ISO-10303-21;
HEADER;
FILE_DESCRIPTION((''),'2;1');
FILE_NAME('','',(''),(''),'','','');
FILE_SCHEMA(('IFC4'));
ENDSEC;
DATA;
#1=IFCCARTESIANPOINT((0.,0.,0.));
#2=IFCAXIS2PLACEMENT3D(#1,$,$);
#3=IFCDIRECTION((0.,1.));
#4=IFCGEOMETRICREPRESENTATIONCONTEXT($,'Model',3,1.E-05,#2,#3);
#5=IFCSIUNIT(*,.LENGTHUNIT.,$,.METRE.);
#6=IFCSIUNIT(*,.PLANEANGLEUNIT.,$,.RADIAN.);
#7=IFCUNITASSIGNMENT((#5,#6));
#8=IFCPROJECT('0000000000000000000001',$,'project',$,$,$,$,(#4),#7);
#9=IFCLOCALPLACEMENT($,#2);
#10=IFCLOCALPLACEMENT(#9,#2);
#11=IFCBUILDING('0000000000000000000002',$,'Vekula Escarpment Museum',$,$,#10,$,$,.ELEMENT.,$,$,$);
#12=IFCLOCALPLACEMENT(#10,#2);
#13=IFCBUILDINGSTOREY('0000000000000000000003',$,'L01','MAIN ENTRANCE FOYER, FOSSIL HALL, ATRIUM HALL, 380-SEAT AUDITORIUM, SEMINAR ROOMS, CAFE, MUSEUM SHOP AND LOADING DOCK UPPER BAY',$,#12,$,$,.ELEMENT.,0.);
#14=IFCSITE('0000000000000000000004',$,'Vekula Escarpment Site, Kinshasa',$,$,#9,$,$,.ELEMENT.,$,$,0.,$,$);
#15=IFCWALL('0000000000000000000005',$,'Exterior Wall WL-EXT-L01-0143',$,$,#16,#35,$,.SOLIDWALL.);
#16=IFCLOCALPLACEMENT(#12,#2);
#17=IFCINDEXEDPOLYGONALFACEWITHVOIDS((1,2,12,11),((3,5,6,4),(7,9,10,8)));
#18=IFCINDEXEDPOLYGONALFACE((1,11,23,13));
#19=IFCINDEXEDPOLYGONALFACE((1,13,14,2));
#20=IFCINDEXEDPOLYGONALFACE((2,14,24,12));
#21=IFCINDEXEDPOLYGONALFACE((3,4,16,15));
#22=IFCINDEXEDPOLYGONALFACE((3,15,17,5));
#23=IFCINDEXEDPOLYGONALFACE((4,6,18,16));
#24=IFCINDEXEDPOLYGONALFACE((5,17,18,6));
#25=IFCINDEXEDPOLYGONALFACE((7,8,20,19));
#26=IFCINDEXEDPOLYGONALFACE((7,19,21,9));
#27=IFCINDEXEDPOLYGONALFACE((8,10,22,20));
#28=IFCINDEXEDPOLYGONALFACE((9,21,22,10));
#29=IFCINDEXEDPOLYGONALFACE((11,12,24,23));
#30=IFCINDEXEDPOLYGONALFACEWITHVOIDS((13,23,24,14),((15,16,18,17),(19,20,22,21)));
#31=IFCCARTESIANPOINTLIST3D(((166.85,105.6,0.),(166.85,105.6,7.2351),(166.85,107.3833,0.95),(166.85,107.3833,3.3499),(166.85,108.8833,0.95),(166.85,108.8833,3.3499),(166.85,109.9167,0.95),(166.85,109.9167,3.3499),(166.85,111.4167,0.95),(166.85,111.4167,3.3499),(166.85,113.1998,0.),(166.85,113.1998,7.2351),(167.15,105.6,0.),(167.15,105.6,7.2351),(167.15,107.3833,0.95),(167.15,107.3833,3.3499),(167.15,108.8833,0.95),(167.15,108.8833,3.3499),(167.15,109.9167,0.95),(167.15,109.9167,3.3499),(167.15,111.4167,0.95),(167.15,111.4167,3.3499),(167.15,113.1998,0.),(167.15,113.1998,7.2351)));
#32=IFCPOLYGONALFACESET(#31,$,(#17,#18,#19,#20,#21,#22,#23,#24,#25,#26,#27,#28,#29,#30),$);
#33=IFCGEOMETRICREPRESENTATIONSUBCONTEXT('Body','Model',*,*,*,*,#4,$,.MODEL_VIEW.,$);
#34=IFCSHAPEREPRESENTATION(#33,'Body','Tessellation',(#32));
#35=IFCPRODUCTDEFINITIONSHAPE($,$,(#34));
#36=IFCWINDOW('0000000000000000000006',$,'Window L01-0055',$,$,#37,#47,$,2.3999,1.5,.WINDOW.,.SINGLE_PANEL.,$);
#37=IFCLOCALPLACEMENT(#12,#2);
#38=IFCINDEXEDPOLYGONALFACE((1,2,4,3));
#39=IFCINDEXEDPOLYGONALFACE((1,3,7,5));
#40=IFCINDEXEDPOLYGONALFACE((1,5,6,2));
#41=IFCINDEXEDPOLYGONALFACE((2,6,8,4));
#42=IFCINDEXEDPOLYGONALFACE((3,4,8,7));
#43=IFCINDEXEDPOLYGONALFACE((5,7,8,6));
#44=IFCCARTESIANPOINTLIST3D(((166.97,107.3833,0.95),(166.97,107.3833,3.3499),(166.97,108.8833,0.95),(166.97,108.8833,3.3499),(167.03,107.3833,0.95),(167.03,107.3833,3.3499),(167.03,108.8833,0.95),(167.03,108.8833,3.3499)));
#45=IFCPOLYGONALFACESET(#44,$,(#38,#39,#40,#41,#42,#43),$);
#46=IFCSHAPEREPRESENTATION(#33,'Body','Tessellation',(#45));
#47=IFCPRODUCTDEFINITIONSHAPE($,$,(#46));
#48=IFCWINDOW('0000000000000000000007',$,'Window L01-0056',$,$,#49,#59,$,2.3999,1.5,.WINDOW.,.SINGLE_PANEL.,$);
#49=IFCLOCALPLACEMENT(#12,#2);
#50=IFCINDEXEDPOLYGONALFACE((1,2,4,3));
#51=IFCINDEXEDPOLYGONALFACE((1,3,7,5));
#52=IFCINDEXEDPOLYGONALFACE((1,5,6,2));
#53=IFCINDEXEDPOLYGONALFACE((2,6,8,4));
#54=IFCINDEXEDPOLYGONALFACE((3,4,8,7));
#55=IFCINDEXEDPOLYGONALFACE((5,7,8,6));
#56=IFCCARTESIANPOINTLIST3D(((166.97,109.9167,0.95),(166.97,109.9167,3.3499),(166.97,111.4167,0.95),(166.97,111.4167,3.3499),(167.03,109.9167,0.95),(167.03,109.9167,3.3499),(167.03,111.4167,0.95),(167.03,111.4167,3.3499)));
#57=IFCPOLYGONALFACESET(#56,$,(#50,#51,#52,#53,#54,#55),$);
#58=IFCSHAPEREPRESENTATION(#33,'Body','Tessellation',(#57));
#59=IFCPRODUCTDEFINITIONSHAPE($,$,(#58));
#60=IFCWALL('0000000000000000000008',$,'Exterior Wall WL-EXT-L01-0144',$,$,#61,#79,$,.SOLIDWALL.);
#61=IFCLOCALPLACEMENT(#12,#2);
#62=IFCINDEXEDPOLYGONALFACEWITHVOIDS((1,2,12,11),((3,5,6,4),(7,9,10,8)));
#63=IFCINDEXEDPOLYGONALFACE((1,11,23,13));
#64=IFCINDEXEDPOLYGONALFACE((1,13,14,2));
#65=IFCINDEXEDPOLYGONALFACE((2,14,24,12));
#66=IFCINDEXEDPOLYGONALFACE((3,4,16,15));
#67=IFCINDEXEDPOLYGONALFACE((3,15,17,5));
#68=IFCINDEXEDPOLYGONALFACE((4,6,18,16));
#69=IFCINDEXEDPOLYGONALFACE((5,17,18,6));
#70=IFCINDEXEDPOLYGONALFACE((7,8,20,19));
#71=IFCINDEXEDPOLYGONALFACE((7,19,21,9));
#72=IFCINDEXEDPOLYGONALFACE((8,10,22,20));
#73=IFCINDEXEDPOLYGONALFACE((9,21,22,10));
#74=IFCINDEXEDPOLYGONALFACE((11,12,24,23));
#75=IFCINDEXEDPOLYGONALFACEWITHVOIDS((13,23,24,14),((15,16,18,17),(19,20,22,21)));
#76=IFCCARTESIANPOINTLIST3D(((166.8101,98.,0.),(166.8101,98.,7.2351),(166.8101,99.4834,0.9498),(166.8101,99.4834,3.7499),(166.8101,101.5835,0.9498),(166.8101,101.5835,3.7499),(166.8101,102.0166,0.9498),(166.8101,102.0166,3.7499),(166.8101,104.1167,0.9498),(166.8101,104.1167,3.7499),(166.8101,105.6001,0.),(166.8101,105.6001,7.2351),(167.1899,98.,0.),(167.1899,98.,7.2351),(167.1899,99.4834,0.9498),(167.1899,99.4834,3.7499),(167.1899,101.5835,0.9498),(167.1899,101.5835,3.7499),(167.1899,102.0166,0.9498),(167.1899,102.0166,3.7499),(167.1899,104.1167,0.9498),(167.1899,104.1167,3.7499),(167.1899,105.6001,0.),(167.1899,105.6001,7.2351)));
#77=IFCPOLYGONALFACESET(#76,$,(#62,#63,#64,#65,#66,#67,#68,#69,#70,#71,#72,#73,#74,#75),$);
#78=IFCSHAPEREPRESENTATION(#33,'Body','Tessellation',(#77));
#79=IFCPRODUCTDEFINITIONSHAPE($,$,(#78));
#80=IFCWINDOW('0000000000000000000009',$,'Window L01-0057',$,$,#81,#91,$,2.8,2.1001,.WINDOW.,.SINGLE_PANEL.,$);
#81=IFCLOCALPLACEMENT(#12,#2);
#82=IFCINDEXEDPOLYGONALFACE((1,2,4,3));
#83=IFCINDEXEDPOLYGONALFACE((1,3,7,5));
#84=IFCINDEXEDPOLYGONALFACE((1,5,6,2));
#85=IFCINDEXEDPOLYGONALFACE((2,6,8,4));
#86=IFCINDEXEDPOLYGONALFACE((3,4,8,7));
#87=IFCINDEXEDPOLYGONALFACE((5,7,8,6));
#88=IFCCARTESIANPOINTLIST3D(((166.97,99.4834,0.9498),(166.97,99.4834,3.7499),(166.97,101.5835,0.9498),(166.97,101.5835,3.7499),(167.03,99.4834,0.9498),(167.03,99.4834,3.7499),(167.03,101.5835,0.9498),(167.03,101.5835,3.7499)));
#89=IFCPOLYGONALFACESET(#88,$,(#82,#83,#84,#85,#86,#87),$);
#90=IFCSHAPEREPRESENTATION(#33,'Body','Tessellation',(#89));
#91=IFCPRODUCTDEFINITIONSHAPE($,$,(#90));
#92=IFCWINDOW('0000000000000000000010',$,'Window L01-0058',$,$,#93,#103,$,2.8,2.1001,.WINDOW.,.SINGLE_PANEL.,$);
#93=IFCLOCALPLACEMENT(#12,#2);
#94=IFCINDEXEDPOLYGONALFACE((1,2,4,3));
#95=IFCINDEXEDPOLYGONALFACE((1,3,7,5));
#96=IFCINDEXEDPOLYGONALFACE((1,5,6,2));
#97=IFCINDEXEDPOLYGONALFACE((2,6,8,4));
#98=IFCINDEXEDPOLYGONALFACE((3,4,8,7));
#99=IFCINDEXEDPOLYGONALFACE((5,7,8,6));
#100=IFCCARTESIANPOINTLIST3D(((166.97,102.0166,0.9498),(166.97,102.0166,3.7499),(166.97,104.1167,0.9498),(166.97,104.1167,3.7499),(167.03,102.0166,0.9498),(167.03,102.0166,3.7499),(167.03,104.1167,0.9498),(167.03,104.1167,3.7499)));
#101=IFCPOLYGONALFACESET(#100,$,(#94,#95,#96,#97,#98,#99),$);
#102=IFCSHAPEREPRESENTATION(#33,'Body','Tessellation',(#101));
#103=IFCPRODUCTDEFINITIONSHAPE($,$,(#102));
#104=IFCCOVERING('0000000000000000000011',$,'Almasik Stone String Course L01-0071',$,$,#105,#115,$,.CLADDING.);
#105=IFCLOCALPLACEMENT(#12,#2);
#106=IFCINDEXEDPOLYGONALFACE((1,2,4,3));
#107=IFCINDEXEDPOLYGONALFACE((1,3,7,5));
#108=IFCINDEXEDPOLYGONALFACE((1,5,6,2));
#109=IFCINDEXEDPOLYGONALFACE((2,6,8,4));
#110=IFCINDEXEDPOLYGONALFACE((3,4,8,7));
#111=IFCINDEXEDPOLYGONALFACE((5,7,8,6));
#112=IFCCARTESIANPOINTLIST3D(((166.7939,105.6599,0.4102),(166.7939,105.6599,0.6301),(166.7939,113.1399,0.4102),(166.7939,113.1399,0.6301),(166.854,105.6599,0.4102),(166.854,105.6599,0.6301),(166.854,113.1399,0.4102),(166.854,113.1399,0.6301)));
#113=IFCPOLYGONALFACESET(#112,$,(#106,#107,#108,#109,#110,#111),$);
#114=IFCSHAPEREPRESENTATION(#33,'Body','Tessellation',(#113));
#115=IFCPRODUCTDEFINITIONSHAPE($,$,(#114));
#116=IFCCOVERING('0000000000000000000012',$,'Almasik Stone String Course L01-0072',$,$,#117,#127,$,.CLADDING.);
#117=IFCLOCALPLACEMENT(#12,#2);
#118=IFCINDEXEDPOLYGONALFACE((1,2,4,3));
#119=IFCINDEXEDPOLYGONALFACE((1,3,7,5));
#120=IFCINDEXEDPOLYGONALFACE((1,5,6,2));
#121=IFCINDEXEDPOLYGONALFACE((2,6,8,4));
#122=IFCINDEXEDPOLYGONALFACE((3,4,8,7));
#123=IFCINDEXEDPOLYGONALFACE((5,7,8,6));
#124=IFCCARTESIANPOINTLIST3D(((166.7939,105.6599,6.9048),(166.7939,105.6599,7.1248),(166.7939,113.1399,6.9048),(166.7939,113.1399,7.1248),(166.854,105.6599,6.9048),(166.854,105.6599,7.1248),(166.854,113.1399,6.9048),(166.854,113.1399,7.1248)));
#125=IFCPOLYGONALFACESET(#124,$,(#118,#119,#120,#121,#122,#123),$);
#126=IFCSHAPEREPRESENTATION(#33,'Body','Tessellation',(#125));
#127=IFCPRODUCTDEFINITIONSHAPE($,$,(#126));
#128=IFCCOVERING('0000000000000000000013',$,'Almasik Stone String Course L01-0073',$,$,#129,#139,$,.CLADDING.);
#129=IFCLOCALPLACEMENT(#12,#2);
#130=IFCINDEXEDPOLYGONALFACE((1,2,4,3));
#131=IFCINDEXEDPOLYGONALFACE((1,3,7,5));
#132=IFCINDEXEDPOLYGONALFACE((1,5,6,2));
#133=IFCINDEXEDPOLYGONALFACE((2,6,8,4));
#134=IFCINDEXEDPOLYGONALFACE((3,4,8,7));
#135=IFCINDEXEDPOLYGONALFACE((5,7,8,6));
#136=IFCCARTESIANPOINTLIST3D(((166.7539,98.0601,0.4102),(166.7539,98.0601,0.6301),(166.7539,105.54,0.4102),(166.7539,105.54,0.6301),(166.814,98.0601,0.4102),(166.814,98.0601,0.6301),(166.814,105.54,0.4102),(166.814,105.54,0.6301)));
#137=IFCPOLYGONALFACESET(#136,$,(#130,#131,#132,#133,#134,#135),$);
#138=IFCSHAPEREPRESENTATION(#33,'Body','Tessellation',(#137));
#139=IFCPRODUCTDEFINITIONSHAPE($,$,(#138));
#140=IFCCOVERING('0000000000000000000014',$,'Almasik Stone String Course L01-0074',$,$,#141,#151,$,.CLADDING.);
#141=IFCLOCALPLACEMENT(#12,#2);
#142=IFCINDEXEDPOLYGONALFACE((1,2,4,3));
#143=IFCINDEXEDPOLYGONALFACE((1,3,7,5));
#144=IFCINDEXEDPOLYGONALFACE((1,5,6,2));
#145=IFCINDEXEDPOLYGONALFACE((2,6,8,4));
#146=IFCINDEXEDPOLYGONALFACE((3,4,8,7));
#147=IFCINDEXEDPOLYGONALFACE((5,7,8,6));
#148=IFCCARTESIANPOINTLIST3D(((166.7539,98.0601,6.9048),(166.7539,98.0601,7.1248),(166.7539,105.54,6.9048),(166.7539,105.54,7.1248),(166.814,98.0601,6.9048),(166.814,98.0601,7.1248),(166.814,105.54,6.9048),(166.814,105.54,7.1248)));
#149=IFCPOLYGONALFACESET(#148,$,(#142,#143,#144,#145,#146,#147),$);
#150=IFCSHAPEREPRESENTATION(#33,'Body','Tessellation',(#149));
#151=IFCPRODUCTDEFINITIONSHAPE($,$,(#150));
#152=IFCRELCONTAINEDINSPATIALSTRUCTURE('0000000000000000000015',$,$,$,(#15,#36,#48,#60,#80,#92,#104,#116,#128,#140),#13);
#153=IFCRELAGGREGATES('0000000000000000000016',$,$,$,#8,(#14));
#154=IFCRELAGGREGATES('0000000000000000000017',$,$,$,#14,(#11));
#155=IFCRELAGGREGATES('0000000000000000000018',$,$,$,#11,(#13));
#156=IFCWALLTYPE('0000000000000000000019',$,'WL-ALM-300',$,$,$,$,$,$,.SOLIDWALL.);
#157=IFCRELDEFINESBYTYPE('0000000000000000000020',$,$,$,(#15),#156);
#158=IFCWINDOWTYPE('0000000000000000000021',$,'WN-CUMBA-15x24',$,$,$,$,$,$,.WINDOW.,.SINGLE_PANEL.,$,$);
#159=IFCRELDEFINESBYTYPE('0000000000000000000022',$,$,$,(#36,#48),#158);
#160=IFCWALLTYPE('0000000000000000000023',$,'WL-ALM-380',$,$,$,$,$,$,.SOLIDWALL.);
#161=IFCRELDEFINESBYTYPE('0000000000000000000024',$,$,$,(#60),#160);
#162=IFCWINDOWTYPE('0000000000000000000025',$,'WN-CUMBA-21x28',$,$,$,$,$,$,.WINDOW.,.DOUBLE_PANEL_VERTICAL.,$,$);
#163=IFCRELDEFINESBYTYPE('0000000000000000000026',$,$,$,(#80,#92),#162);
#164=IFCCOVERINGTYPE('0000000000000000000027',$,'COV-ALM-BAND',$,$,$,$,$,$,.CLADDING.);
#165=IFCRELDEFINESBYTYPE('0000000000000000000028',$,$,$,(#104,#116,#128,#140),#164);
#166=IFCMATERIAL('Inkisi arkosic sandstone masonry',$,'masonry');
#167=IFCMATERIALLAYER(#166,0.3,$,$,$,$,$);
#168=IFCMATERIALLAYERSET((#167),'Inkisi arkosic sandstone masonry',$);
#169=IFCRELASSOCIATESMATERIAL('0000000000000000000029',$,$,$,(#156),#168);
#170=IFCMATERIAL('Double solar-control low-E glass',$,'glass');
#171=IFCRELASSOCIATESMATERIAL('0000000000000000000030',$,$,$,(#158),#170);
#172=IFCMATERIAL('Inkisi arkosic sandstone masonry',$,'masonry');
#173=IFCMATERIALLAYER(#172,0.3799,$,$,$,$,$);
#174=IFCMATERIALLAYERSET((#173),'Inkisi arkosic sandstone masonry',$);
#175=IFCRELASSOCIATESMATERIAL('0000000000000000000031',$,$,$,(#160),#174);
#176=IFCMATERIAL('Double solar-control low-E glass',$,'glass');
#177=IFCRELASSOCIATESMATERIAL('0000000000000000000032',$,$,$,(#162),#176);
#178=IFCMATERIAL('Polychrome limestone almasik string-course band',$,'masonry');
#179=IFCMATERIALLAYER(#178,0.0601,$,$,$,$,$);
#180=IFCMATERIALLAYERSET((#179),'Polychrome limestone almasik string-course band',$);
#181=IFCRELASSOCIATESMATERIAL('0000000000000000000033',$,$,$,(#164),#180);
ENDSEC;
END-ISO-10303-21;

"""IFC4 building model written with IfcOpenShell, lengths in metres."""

from ifc_helpers import new_model, si_unit, direction, frame, frame_2d, origin, origin_2d, place, context, subcontext, project, spatial, rectangle, extrude, material, layer, layer_set, type_object, element, fill, save


model = new_model("IFC4")

# Units and contexts
model_context = context("Model", 3, precision=1e-05, world=origin(), true_north=direction((0.0, 1.0)))
body_context = subcontext(model_context, "Body", "Model", "MODEL_VIEW")
ifc_project = project(units=[si_unit("LENGTHUNIT", "METRE"), si_unit("PLANEANGLEUNIT", "RADIAN")], contexts=[model_context])

# Site, building, storey
site_placement = place(None, origin())
site = spatial("IfcSite", under=ifc_project, at=site_placement, Name="Vekula Escarpment Site, Kinshasa", CompositionType="ELEMENT", RefElevation=0.0)
building_placement = place(site_placement, origin())
building = spatial("IfcBuilding", under=site, at=building_placement, Name="Vekula Escarpment Museum", CompositionType="ELEMENT")
storey_placement = place(building_placement, origin())
storey = spatial("IfcBuildingStorey", under=building, at=storey_placement, Name="L01", Description="MAIN ENTRANCE FOYER, FOSSIL HALL, ATRIUM HALL, 380-SEAT AUDITORIUM, SEMINAR ROOMS, CAFE, MUSEUM SHOP AND LOADING DOCK UPPER BAY", CompositionType="ELEMENT", Elevation=0.0)

# Walls, openings, windows
ifc_material_1 = material(Name="Inkisi arkosic sandstone masonry", Category="masonry")
ifc_layer_1 = layer(ifc_material_1, 0.3)
ifc_layer_set_1 = layer_set([ifc_layer_1], Name="Inkisi arkosic sandstone masonry")
wall_type_1 = type_object("IfcWallType", Name="WL-ALM-300", PredefinedType="SOLIDWALL", material=ifc_layer_set_1)
wall_1_placement = place(storey_placement, frame((167.0, 105.6001, 0.0), z_axis=(0.0, 0.0, 1.0), x_axis=(0.0, 1.0, 0.0)))
wall_1 = element("IfcWall", 1, at=wall_1_placement, inside=storey, type_object=wall_type_1, Name="Exterior Wall WL-EXT-L01-0143", PredefinedType="SOLIDWALL", context=body_context, shape_type="SweptSolid", body=[
    extrude(rectangle(XDim=7.5999, YDim=0.3, at=frame_2d((3.7998, 0.0))), origin(), (0.0, 0.0, 1.0), 7.2351),
])
opening_1_placement = place(wall_1_placement, frame((1.7832, 0.0, 0.95)))
opening_1 = element("IfcOpeningElement", 2, at=opening_1_placement, cuts=wall_1, PredefinedType="OPENING", context=body_context, shape_type="SweptSolid", body=[
    extrude(rectangle(XDim=1.5, YDim=2.3999, at=frame_2d((0.75, 1.2))), frame((0.0, 0.1599, 0.0), z_axis=(0.0, -1.0, 0.0), x_axis=(1.0, 0.0, 0.0)), (0.0, 0.0, 1.0), 0.3201),
])
opening_2_placement = place(wall_1_placement, frame((4.3167, 0.0, 0.95)))
opening_2 = element("IfcOpeningElement", 3, at=opening_2_placement, cuts=wall_1, PredefinedType="OPENING", context=body_context, shape_type="SweptSolid", body=[
    extrude(rectangle(XDim=1.5, YDim=2.3999, at=frame_2d((0.75, 1.2))), frame((0.0, 0.1599, 0.0), z_axis=(0.0, -1.0, 0.0), x_axis=(1.0, 0.0, 0.0)), (0.0, 0.0, 1.0), 0.3201),
])
ifc_material_2 = material(Name="Double solar-control low-E glass", Category="glass")
window_type_1 = type_object("IfcWindowType", Name="WN-CUMBA-15x24", PartitioningType="SINGLE_PANEL", PredefinedType="WINDOW", material=ifc_material_2)
window_1_placement = place(opening_1_placement, origin())
window_1 = element("IfcWindow", 4, at=window_1_placement, inside=storey, type_object=window_type_1, Name="Window L01-0055", OverallHeight=2.3999, OverallWidth=1.5, PartitioningType="SINGLE_PANEL", PredefinedType="WINDOW", context=body_context, shape_type="SweptSolid", body=[
    extrude(rectangle(XDim=1.5, YDim=2.3999, at=frame_2d((0.75, 1.2))), frame((0.0, 0.03, 0.0), z_axis=(0.0, -1.0, 0.0), x_axis=(1.0, 0.0, 0.0)), (0.0, 0.0, 1.0), 0.0601),
])
fill(opening_1, window_1)
window_2_placement = place(opening_2_placement, origin())
window_2 = element("IfcWindow", 5, at=window_2_placement, inside=storey, type_object=window_type_1, Name="Window L01-0056", OverallHeight=2.3999, OverallWidth=1.5, PartitioningType="SINGLE_PANEL", PredefinedType="WINDOW", context=body_context, shape_type="SweptSolid", body=[
    extrude(rectangle(XDim=1.5, YDim=2.3999, at=frame_2d((0.75, 1.2))), frame((0.0, 0.03, 0.0), z_axis=(0.0, -1.0, 0.0), x_axis=(1.0, 0.0, 0.0)), (0.0, 0.0, 1.0), 0.0601),
])
fill(opening_2, window_2)
ifc_material_3 = material(Name="Inkisi arkosic sandstone masonry", Category="masonry")
ifc_layer_2 = layer(ifc_material_3, 0.3799)
ifc_layer_set_2 = layer_set([ifc_layer_2], Name="Inkisi arkosic sandstone masonry")
wall_type_2 = type_object("IfcWallType", Name="WL-ALM-380", PredefinedType="SOLIDWALL", material=ifc_layer_set_2)
wall_2_placement = place(storey_placement, frame((167.0, 98.0, 0.0), z_axis=(0.0, 0.0, 1.0), x_axis=(0.0, 1.0, 0.0)))
wall_2 = element("IfcWall", 6, at=wall_2_placement, inside=storey, type_object=wall_type_2, Name="Exterior Wall WL-EXT-L01-0144", PredefinedType="SOLIDWALL", context=body_context, shape_type="SweptSolid", body=[
    extrude(rectangle(XDim=7.6001, YDim=0.3799, at=frame_2d((3.8, 0.0))), origin(), (0.0, 0.0, 1.0), 7.2351),
])
opening_3_placement = place(wall_2_placement, frame((1.4834, 0.0, 0.95)))
opening_3 = element("IfcOpeningElement", 7, at=opening_3_placement, cuts=wall_2, PredefinedType="OPENING", context=body_context, shape_type="SweptSolid", body=[
    extrude(rectangle(XDim=2.1001, YDim=2.8, at=frame_2d((1.05, 1.3999))), frame((0.0, 0.2, 0.0), z_axis=(0.0, -1.0, 0.0), x_axis=(1.0, 0.0, 0.0)), (0.0, 0.0, 1.0), 0.3999),
])
opening_4_placement = place(wall_2_placement, frame((4.0166, 0.0, 0.95)))
opening_4 = element("IfcOpeningElement", 8, at=opening_4_placement, cuts=wall_2, PredefinedType="OPENING", context=body_context, shape_type="SweptSolid", body=[
    extrude(rectangle(XDim=2.1001, YDim=2.8, at=frame_2d((1.05, 1.3999))), frame((0.0, 0.2, 0.0), z_axis=(0.0, -1.0, 0.0), x_axis=(1.0, 0.0, 0.0)), (0.0, 0.0, 1.0), 0.3999),
])
ifc_material_4 = material(Name="Double solar-control low-E glass", Category="glass")
window_type_2 = type_object("IfcWindowType", Name="WN-CUMBA-21x28", PartitioningType="DOUBLE_PANEL_VERTICAL", PredefinedType="WINDOW", material=ifc_material_4)
window_3_placement = place(opening_3_placement, origin())
window_3 = element("IfcWindow", 9, at=window_3_placement, inside=storey, type_object=window_type_2, Name="Window L01-0057", OverallHeight=2.8, OverallWidth=2.1001, PartitioningType="SINGLE_PANEL", PredefinedType="WINDOW", context=body_context, shape_type="SweptSolid", body=[
    extrude(rectangle(XDim=2.1001, YDim=2.8, at=frame_2d((1.05, 1.3999))), frame((0.0, 0.03, 0.0), z_axis=(0.0, -1.0, 0.0), x_axis=(1.0, 0.0, 0.0)), (0.0, 0.0, 1.0), 0.0601),
])
fill(opening_3, window_3)
window_4_placement = place(opening_4_placement, origin())
window_4 = element("IfcWindow", 10, at=window_4_placement, inside=storey, type_object=window_type_2, Name="Window L01-0058", OverallHeight=2.8, OverallWidth=2.1001, PartitioningType="SINGLE_PANEL", PredefinedType="WINDOW", context=body_context, shape_type="SweptSolid", body=[
    extrude(rectangle(XDim=2.1001, YDim=2.8, at=frame_2d((1.05, 1.3999))), frame((0.0, 0.03, 0.0), z_axis=(0.0, -1.0, 0.0), x_axis=(1.0, 0.0, 0.0)), (0.0, 0.0, 1.0), 0.0601),
])
fill(opening_4, window_4)

# Coverings
ifc_material_5 = material(Name="Polychrome limestone almasik string-course band", Category="masonry")
ifc_layer_3 = layer(ifc_material_5, 0.0601)
ifc_layer_set_3 = layer_set([ifc_layer_3], Name="Polychrome limestone almasik string-course band")
covering_type = type_object("IfcCoveringType", Name="COV-ALM-BAND", PredefinedType="CLADDING", material=ifc_layer_set_3)
for number, where, z_axis, x_axis, name in (
    (11, (166.824, 109.3999, 0.4102), (0.0, 0.0, 1.0), (0.0, 1.0, 0.0), "Almasik Stone String Course L01-0071"),
    (12, (166.824, 109.3999, 6.9048), (0.0, 0.0, 1.0), (0.0, 1.0, 0.0), "Almasik Stone String Course L01-0072"),
    (13, (166.7839, 101.8, 0.4102), (0.0, 0.0, 1.0), (0.0, 1.0, 0.0), "Almasik Stone String Course L01-0073"),
    (14, (166.7839, 101.8, 6.9048), (0.0, 0.0, 1.0), (0.0, 1.0, 0.0), "Almasik Stone String Course L01-0074"),
):
    element("IfcCovering", number, at=place(storey_placement, frame(where, z_axis=z_axis, x_axis=x_axis)), inside=storey, type_object=covering_type, Name=name, PredefinedType="CLADDING", context=body_context, shape_type="SweptSolid", body=[
        extrude(rectangle(XDim=7.48, YDim=0.0601, at=origin_2d()), origin(), (0.0, 0.0, 1.0), 0.22),
    ])

save(model, "model.ifc")
